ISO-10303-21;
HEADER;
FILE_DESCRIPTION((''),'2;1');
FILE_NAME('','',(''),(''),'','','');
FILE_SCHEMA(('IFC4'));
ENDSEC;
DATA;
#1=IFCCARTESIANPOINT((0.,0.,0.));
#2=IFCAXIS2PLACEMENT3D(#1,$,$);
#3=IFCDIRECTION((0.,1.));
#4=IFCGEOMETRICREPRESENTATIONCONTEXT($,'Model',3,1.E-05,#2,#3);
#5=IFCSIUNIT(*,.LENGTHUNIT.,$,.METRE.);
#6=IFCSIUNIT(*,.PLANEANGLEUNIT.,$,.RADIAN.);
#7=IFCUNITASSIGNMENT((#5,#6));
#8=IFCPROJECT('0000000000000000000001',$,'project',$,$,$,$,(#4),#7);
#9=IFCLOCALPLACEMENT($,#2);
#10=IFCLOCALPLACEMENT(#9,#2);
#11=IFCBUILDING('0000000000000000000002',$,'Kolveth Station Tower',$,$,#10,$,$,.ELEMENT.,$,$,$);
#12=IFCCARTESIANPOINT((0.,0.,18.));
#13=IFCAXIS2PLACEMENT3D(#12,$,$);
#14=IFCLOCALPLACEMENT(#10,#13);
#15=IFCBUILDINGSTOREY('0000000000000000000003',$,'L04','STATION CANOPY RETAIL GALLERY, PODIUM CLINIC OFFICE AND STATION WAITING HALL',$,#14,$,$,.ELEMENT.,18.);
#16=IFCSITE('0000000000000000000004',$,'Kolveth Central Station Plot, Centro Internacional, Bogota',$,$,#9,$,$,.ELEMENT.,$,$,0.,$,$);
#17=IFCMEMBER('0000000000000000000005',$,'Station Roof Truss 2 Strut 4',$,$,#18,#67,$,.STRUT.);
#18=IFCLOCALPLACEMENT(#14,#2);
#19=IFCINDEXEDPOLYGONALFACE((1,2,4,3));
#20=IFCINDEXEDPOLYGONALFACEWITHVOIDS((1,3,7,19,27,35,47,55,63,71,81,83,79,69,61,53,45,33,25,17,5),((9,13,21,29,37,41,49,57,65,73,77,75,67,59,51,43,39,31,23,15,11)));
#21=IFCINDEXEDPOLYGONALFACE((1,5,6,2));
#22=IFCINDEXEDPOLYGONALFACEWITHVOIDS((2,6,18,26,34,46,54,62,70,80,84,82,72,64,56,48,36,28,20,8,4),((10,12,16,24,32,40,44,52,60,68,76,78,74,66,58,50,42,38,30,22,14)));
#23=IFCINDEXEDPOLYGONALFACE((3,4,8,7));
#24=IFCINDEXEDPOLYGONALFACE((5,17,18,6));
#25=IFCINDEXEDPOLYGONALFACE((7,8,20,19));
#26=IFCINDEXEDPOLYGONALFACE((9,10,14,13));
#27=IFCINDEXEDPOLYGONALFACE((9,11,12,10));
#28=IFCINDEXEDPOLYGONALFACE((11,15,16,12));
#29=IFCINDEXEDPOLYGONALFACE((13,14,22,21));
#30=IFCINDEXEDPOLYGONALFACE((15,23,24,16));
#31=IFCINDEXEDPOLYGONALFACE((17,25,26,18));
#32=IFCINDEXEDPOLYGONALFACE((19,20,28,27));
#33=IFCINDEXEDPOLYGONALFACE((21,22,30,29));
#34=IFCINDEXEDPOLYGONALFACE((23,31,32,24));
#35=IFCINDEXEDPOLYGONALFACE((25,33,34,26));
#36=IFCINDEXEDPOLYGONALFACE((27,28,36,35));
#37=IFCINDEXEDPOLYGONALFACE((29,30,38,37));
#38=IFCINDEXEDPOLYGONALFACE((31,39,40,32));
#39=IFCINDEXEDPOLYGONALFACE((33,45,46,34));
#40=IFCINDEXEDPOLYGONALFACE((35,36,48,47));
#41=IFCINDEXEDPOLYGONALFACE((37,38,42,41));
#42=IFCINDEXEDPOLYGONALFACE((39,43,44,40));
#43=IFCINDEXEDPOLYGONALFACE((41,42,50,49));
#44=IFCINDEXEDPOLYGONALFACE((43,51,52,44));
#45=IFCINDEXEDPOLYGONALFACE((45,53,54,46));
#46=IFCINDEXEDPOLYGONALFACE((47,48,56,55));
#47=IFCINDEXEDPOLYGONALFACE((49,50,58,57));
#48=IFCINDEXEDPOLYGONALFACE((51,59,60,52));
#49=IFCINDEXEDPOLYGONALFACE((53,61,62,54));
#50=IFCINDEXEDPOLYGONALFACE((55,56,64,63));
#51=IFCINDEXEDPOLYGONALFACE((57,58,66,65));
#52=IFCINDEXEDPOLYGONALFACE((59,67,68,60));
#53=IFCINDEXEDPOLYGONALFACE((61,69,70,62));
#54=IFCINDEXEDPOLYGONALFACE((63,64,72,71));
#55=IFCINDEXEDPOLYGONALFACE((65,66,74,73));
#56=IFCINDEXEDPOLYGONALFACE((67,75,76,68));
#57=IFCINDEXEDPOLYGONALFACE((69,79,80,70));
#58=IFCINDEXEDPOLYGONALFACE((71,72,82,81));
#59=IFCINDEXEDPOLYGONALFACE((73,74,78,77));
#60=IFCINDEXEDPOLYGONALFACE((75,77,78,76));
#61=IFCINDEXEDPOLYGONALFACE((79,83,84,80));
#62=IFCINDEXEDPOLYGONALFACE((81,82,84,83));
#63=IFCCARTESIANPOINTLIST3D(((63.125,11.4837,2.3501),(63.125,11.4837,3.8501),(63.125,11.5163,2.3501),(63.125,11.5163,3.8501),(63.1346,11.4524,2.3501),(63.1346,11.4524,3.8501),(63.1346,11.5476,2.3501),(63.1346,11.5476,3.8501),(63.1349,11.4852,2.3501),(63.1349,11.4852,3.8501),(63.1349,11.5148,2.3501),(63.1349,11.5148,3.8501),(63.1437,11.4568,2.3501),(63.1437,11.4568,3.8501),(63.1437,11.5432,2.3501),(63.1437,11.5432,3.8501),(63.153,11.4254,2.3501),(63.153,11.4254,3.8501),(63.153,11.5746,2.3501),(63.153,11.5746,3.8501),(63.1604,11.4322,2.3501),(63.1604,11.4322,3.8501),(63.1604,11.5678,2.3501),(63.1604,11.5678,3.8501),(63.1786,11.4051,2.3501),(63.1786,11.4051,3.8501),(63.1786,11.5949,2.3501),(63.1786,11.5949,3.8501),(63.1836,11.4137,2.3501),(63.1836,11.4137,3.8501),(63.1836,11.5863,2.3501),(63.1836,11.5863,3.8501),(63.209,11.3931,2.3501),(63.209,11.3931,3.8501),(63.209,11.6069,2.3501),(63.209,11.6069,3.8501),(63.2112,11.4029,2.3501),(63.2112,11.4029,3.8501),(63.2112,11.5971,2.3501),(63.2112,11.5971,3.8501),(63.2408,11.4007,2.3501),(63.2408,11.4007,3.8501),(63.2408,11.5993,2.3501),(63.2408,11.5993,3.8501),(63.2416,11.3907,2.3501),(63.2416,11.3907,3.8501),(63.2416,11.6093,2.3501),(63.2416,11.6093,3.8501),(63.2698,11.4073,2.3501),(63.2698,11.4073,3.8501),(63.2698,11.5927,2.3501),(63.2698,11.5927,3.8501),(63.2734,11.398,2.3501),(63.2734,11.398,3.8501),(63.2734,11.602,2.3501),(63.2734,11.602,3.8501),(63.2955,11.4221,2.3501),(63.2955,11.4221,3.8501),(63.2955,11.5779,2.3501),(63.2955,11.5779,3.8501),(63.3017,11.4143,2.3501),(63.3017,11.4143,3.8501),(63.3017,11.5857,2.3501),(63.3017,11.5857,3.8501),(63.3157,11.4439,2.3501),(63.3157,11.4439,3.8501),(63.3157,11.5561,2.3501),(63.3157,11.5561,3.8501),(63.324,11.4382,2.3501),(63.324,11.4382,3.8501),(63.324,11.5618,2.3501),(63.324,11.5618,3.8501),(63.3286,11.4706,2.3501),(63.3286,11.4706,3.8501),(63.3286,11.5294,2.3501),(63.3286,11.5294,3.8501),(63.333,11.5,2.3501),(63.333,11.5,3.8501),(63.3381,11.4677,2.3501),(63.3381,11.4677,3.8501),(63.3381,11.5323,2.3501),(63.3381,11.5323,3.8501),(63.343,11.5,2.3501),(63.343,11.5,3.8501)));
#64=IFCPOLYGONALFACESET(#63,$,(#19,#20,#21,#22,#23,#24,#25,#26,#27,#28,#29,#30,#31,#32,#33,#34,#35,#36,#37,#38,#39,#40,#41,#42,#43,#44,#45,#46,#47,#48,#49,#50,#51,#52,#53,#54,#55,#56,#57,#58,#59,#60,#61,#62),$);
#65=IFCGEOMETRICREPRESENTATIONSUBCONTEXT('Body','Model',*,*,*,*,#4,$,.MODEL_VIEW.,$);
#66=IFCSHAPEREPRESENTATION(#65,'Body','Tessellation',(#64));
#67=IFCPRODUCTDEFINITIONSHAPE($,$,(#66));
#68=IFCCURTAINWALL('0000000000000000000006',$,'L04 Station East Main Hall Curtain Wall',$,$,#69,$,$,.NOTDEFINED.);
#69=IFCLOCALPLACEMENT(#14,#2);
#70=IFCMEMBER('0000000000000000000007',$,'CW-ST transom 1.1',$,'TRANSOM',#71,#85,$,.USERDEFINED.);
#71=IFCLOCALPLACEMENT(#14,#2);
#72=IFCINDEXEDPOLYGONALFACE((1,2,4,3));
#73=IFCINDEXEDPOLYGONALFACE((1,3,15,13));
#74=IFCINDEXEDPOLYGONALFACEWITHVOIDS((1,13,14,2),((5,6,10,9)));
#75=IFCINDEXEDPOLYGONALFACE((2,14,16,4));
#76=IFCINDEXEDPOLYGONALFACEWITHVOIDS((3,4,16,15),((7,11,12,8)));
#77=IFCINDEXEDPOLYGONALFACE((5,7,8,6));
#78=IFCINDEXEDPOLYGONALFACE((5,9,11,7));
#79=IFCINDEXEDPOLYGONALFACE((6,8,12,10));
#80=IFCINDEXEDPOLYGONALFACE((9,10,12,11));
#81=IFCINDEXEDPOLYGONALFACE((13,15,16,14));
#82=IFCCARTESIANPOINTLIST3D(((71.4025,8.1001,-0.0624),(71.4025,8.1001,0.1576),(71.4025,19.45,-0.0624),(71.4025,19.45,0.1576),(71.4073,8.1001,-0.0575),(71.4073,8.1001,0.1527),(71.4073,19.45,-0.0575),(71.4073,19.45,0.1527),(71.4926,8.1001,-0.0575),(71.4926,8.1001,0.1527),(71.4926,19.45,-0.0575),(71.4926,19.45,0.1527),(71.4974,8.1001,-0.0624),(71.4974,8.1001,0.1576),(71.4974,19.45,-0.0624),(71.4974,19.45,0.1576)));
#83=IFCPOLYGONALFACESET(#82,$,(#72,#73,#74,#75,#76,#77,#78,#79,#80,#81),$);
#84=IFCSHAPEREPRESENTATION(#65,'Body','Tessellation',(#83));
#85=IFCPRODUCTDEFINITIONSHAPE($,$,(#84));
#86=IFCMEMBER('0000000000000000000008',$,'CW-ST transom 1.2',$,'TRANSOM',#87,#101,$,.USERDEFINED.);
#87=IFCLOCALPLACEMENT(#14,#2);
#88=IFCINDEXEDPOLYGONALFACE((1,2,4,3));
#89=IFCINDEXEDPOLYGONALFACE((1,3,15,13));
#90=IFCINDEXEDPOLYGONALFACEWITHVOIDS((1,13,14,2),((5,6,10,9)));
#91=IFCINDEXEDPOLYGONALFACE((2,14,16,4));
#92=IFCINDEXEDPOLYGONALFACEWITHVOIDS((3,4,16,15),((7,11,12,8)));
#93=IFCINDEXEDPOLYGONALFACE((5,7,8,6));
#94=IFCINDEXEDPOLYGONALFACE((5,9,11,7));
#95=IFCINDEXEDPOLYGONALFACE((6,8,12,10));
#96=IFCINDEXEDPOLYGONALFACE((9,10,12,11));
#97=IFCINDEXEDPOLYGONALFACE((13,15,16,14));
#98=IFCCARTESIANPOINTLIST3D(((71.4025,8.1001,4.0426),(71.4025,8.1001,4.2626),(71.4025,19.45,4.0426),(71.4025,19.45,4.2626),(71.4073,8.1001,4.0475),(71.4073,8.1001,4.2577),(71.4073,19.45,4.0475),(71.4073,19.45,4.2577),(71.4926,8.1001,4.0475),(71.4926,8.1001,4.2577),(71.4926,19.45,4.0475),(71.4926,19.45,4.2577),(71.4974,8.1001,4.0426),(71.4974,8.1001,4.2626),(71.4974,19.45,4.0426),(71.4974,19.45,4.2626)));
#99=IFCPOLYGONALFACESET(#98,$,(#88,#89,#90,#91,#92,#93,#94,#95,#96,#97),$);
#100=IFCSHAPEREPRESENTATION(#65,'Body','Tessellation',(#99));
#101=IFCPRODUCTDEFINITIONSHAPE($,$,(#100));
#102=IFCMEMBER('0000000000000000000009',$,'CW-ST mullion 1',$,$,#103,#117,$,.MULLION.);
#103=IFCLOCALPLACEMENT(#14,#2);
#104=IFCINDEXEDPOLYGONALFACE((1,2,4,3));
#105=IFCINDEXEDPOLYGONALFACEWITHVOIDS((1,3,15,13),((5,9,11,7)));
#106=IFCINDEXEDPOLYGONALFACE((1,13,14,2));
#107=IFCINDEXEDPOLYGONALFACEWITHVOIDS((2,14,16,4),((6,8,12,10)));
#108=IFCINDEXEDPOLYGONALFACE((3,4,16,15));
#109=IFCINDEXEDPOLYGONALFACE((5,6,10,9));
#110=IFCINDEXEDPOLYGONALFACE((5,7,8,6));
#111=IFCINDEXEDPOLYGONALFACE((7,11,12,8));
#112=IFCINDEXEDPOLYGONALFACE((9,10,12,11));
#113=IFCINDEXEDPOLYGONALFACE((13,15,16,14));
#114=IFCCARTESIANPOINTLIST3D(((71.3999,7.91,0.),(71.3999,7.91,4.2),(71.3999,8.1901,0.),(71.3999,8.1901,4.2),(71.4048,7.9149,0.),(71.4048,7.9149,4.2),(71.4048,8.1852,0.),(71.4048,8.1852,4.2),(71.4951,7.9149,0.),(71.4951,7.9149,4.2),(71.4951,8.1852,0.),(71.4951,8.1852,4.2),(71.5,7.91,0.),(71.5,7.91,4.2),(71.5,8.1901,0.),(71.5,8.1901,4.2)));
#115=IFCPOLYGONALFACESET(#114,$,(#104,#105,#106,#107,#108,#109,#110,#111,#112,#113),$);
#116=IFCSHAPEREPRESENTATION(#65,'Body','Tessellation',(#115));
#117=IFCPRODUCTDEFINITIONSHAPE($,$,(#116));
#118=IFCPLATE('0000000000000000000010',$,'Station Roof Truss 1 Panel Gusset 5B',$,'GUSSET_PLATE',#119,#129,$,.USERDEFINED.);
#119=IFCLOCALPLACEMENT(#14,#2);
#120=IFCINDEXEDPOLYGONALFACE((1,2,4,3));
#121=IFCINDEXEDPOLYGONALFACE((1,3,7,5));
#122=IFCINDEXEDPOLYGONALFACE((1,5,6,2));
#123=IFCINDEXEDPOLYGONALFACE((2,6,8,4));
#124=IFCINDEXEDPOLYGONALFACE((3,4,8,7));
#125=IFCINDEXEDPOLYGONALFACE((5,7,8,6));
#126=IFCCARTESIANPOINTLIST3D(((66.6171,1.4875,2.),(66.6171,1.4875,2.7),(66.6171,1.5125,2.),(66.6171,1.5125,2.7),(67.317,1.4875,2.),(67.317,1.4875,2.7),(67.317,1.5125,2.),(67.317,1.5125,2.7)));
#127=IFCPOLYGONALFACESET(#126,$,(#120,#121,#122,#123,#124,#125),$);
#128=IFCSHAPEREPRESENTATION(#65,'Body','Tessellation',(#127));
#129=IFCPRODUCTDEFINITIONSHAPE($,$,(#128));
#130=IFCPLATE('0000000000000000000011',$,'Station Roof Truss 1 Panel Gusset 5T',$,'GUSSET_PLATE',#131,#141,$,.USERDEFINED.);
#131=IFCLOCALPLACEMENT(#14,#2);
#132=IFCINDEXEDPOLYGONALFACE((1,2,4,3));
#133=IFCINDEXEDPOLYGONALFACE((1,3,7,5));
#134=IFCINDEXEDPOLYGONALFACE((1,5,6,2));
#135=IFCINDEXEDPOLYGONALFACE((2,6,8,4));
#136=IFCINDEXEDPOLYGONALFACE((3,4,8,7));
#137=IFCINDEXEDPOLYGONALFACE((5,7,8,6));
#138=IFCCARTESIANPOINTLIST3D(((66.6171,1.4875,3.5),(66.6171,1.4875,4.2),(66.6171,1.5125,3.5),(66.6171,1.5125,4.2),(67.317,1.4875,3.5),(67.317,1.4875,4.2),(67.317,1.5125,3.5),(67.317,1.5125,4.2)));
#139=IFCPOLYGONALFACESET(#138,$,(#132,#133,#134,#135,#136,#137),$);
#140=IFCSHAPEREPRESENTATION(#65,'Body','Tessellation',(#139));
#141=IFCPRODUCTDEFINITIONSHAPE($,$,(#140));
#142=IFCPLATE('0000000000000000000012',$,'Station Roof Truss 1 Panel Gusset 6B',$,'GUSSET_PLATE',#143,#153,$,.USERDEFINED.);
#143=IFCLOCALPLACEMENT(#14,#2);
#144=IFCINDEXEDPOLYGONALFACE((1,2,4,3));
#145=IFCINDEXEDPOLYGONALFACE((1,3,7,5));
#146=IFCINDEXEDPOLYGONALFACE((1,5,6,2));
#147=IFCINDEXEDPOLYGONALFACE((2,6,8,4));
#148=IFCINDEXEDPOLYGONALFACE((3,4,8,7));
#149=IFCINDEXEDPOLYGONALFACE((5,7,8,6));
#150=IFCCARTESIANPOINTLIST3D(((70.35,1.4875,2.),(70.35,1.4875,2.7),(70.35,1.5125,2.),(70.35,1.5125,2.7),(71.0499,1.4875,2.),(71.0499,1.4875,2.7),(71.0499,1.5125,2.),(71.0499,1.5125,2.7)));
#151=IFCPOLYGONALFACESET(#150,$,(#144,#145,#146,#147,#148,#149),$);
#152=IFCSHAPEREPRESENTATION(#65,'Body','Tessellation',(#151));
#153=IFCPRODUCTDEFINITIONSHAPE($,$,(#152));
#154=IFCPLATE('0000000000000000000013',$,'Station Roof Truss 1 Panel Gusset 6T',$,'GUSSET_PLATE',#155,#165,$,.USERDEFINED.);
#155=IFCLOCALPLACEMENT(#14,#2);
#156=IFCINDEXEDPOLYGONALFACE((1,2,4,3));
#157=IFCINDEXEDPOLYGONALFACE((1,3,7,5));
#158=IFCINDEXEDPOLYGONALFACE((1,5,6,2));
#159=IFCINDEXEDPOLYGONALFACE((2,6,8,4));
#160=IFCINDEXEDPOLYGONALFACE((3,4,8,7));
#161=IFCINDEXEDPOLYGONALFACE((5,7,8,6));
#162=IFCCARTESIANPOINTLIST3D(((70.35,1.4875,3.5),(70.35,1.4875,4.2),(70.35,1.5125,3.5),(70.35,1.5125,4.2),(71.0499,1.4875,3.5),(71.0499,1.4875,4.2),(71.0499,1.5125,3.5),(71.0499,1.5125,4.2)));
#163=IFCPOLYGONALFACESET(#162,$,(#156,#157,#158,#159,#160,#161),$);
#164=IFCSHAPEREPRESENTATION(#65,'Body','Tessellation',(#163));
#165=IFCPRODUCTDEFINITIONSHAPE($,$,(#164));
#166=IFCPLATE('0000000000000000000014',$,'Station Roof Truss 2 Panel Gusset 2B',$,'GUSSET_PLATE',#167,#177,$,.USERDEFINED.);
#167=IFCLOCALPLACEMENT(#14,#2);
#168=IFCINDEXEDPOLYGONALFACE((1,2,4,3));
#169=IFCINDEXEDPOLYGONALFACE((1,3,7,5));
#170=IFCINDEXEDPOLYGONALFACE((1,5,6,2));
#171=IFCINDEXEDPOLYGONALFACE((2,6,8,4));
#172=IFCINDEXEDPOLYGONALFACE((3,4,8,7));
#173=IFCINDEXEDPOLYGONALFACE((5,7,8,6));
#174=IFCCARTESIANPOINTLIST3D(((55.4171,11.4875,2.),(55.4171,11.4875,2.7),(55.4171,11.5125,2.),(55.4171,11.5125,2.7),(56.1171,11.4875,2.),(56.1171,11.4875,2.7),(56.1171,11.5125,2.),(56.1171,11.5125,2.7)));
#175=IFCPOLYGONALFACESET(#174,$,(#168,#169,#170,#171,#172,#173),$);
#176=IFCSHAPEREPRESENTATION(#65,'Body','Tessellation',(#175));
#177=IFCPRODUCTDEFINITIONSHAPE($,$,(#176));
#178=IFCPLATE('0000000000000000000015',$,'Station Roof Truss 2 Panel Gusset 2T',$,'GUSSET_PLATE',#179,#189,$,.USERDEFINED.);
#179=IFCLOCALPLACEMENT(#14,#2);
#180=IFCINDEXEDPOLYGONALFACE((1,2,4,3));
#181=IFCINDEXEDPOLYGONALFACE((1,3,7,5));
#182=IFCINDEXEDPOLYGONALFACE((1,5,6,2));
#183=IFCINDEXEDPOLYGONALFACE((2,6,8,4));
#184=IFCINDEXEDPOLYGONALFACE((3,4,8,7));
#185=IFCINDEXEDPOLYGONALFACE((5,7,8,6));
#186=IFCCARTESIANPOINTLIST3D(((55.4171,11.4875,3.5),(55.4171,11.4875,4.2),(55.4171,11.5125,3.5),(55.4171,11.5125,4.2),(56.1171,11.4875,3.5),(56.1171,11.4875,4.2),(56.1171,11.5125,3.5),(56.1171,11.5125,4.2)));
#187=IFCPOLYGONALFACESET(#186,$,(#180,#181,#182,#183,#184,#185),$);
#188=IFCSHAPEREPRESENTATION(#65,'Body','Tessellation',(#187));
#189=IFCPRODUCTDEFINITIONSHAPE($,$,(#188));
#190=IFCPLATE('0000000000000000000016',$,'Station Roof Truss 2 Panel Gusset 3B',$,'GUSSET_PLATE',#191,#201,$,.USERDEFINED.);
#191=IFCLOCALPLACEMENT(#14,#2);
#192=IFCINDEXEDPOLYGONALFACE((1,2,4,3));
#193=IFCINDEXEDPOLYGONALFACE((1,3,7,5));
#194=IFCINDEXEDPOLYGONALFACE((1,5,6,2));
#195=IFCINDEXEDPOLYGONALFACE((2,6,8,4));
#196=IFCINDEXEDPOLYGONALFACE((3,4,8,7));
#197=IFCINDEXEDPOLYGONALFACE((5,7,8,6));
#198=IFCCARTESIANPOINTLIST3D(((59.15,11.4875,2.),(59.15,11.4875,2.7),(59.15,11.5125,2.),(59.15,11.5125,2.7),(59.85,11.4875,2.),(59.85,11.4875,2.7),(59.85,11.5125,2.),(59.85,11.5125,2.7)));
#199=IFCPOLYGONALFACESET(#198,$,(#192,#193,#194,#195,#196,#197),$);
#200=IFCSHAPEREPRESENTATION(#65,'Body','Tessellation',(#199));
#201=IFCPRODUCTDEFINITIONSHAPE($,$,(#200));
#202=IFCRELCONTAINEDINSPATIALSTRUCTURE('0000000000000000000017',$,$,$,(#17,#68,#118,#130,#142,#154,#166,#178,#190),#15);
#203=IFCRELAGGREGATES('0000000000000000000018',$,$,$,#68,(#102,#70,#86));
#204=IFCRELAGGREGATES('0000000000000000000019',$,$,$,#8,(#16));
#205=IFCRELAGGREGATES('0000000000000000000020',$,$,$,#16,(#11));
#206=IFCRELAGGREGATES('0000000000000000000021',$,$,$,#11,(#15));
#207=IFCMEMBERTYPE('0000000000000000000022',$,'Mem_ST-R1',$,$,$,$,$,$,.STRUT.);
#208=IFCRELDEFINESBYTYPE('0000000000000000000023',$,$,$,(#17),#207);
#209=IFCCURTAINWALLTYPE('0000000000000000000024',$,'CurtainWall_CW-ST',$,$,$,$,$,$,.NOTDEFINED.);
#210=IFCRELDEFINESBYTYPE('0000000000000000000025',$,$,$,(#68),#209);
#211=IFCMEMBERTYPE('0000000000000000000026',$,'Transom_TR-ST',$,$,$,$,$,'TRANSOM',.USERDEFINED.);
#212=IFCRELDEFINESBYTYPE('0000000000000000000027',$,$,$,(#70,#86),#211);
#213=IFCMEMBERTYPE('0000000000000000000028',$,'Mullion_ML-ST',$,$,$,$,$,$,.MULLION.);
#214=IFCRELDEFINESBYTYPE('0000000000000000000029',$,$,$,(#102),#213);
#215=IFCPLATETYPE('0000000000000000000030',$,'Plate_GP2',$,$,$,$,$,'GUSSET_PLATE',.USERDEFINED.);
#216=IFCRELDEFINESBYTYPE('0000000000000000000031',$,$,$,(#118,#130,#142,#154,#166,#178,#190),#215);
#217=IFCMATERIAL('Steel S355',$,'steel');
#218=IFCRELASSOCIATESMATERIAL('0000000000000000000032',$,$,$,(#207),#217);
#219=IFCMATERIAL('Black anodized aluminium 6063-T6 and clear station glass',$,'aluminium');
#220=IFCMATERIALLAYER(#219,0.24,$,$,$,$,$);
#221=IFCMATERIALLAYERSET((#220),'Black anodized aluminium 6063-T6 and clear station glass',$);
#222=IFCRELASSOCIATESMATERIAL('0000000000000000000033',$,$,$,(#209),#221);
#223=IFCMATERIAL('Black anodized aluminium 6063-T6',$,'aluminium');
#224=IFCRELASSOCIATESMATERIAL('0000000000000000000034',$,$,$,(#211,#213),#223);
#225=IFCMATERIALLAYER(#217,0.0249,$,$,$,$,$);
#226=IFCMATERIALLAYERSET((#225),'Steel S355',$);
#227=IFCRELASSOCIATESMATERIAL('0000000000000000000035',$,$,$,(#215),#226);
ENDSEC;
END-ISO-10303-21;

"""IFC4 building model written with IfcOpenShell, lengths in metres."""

from ifc_helpers import new_model, si_unit, direction, frame, origin, origin_2d, place, context, subcontext, project, spatial, rectangle, hollow_rectangle, hollow_circle, extrude, source, transform, mapped, material, layer, layer_set, material_profile, profile_set, type_object, element, aggregate, save


model = new_model("IFC4")

# Units and contexts
model_context = context("Model", 3, precision=1e-05, world=origin(), true_north=direction((0.0, 1.0)))
body_context = subcontext(model_context, "Body", "Model", "MODEL_VIEW")
ifc_project = project(units=[si_unit("LENGTHUNIT", "METRE"), si_unit("PLANEANGLEUNIT", "RADIAN")], contexts=[model_context])

# Site, building, storey
site_placement = place(None, origin())
site = spatial("IfcSite", under=ifc_project, at=site_placement, Name="Kolveth Central Station Plot, Centro Internacional, Bogota", CompositionType="ELEMENT", RefElevation=0.0)
building_placement = place(site_placement, origin())
building = spatial("IfcBuilding", under=site, at=building_placement, Name="Kolveth Station Tower", CompositionType="ELEMENT")
storey_placement = place(building_placement, frame((0.0, 0.0, 18.0)))
storey = spatial("IfcBuildingStorey", under=building, at=storey_placement, Name="L04", Description="STATION CANOPY RETAIL GALLERY, PODIUM CLINIC OFFICE AND STATION WAITING HALL", CompositionType="ELEMENT", Elevation=18.0)

# Shared definitions
ifc_material_1 = material(Name="Steel S355", Category="steel")

# Member
ifc_material_profile_1 = material_profile(ifc_material_1, hollow_circle(Radius=0.1096, WallThickness=0.01, at=origin_2d()), Name="CHS219x10")
ifc_profile_set_1 = profile_set([ifc_material_profile_1], Name="Steel S355")
member_type_1 = type_object("IfcMemberType", Name="Mem_ST-R1", PredefinedType="STRUT", material=ifc_profile_set_1)
shared_shape_1 = source(origin(), body_context, "Body", "SweptSolid", [
    extrude(hollow_circle(Radius=0.1096, WallThickness=0.01, at=origin_2d()), origin(), (0.0, 0.0, 1.0), 1.5),
])
for number, where, z_axis, x_axis, name in (
    (1, (63.2334, 11.5, 2.3501), (0.0, 0.0, 1.0), (1.0, 0.0, 0.0), "Station Roof Truss 2 Strut 4"),
):
    element("IfcMember", number, at=place(storey_placement, frame(where, z_axis=z_axis, x_axis=x_axis)), inside=storey, type_object=member_type_1, Name=name, PredefinedType="STRUT", context=body_context, shape_type="MappedRepresentation", body=[
        mapped(shared_shape_1, transform((0.0, 0.0, 0.0), x_axis=(1.0, 0.0, 0.0), y_axis=(0.0, 1.0, 0.0), z_axis=(0.0, 0.0, 1.0), scale=1.0)),
    ])

# Curtain wall, members
ifc_material_2 = material(Name="Black anodized aluminium 6063-T6 and clear station glass", Category="aluminium")
ifc_layer_1 = layer(ifc_material_2, 0.24)
ifc_layer_set_1 = layer_set([ifc_layer_1], Name="Black anodized aluminium 6063-T6 and clear station glass")
curtain_wall_type = type_object("IfcCurtainWallType", Name="CurtainWall_CW-ST", PredefinedType="NOTDEFINED", material=ifc_layer_set_1)
curtain_wall_placement = place(storey_placement, origin())
curtain_wall = element("IfcCurtainWall", 2, at=curtain_wall_placement, inside=storey, type_object=curtain_wall_type, Name="L04 Station East Main Hall Curtain Wall", PredefinedType="NOTDEFINED")
ifc_material_3 = material(Name="Black anodized aluminium 6063-T6", Category="aluminium")
ifc_material_profile_2 = material_profile(ifc_material_3, hollow_rectangle(XDim=0.095, YDim=0.22, WallThickness=0.0049, at=origin_2d()), Name="ALU-95x220x5")
ifc_profile_set_2 = profile_set([ifc_material_profile_2], Name="Black anodized aluminium 6063-T6")
member_type_2 = type_object("IfcMemberType", Name="Transom_TR-ST", ElementType="TRANSOM", PredefinedType="USERDEFINED", material=ifc_profile_set_2)
shared_shape_2 = source(origin(), body_context, "Body", "SweptSolid", [
    extrude(hollow_rectangle(XDim=0.095, YDim=0.22, WallThickness=0.0049, at=origin_2d()), origin(), (0.0, 0.0, 1.0), 11.3499),
])
member_1_placement = place(storey_placement, frame((71.45, 8.1001, 0.0476), z_axis=(0.0, 1.0, 0.0), x_axis=(-1.0, 0.0, 0.0)))
member_1 = element("IfcMember", 3, at=member_1_placement, type_object=member_type_2, Name="CW-ST transom 1.1", ObjectType="TRANSOM", PredefinedType="USERDEFINED", context=body_context, shape_type="MappedRepresentation", body=[
    mapped(shared_shape_2, transform((0.0, 0.0, 0.0), x_axis=(1.0, 0.0, 0.0), y_axis=(0.0, 1.0, 0.0), z_axis=(0.0, 0.0, 1.0), scale=1.0)),
])
member_2_placement = place(storey_placement, frame((71.45, 8.1001, 4.1526), z_axis=(0.0, 1.0, 0.0), x_axis=(-1.0, 0.0, 0.0)))
member_2 = element("IfcMember", 4, at=member_2_placement, type_object=member_type_2, Name="CW-ST transom 1.2", ObjectType="TRANSOM", PredefinedType="USERDEFINED", context=body_context, shape_type="MappedRepresentation", body=[
    mapped(shared_shape_2, transform((0.0, 0.0, 0.0), x_axis=(1.0, 0.0, 0.0), y_axis=(0.0, 1.0, 0.0), z_axis=(0.0, 0.0, 1.0), scale=1.0)),
])
ifc_material_profile_3 = material_profile(ifc_material_3, hollow_rectangle(XDim=0.1001, YDim=0.28, WallThickness=0.0049, at=origin_2d()), Name="ALU-100x280x5")
ifc_profile_set_3 = profile_set([ifc_material_profile_3], Name="Black anodized aluminium 6063-T6")
member_type_3 = type_object("IfcMemberType", Name="Mullion_ML-ST", PredefinedType="MULLION", material=ifc_profile_set_3)
shared_shape_3 = source(origin(), body_context, "Body", "SweptSolid", [
    extrude(hollow_rectangle(XDim=0.1001, YDim=0.28, WallThickness=0.0049, at=origin_2d()), origin(), (0.0, 0.0, 1.0), 4.2),
])
member_3_placement = place(storey_placement, frame((71.45, 8.05, 0.0), z_axis=(0.0, 0.0, 1.0), x_axis=(-1.0, 0.0, 0.0)))
member_3 = element("IfcMember", 5, at=member_3_placement, type_object=member_type_3, Name="CW-ST mullion 1", PredefinedType="MULLION", context=body_context, shape_type="MappedRepresentation", body=[
    mapped(shared_shape_3, transform((0.0, 0.0, 0.0), x_axis=(1.0, 0.0, 0.0), y_axis=(0.0, 1.0, 0.0), z_axis=(0.0, 0.0, 1.0), scale=1.0)),
])
aggregate(curtain_wall, [member_3, member_1, member_2])

# Plates
ifc_layer_2 = layer(ifc_material_1, 0.0249)
ifc_layer_set_2 = layer_set([ifc_layer_2], Name="Steel S355")
plate_type = type_object("IfcPlateType", Name="Plate_GP2", ElementType="GUSSET_PLATE", PredefinedType="USERDEFINED", material=ifc_layer_set_2)
shared_shape_4 = source(origin(), body_context, "Body", "SweptSolid", [
    extrude(rectangle(XDim=0.7, YDim=0.0249, at=origin_2d()), origin(), (0.0, 0.0, 1.0), 0.7),
])
for number, where, z_axis, x_axis, name in (
    (6, (66.967, 1.5, 2.0), (0.0, 0.0, 1.0), (1.0, 0.0, 0.0), "Station Roof Truss 1 Panel Gusset 5B"),
    (7, (66.967, 1.5, 3.5), (0.0, 0.0, 1.0), (1.0, 0.0, 0.0), "Station Roof Truss 1 Panel Gusset 5T"),
    (8, (70.7, 1.5, 2.0), (0.0, 0.0, 1.0), (1.0, 0.0, 0.0), "Station Roof Truss 1 Panel Gusset 6B"),
    (9, (70.7, 1.5, 3.5), (0.0, 0.0, 1.0), (1.0, 0.0, 0.0), "Station Roof Truss 1 Panel Gusset 6T"),
    (10, (55.7671, 11.5, 2.0), (0.0, 0.0, 1.0), (1.0, 0.0, 0.0), "Station Roof Truss 2 Panel Gusset 2B"),
    (11, (55.7671, 11.5, 3.5), (0.0, 0.0, 1.0), (1.0, 0.0, 0.0), "Station Roof Truss 2 Panel Gusset 2T"),
    (12, (59.5, 11.5, 2.0), (0.0, 0.0, 1.0), (1.0, 0.0, 0.0), "Station Roof Truss 2 Panel Gusset 3B"),
):
    element("IfcPlate", number, at=place(storey_placement, frame(where, z_axis=z_axis, x_axis=x_axis)), inside=storey, type_object=plate_type, Name=name, ObjectType="GUSSET_PLATE", PredefinedType="USERDEFINED", context=body_context, shape_type="MappedRepresentation", body=[
        mapped(shared_shape_4, transform((0.0, 0.0, 0.0), x_axis=(1.0, 0.0, 0.0), y_axis=(0.0, 1.0, 0.0), z_axis=(0.0, 0.0, 1.0), scale=1.0)),
    ])

save(model, "model.ifc")
